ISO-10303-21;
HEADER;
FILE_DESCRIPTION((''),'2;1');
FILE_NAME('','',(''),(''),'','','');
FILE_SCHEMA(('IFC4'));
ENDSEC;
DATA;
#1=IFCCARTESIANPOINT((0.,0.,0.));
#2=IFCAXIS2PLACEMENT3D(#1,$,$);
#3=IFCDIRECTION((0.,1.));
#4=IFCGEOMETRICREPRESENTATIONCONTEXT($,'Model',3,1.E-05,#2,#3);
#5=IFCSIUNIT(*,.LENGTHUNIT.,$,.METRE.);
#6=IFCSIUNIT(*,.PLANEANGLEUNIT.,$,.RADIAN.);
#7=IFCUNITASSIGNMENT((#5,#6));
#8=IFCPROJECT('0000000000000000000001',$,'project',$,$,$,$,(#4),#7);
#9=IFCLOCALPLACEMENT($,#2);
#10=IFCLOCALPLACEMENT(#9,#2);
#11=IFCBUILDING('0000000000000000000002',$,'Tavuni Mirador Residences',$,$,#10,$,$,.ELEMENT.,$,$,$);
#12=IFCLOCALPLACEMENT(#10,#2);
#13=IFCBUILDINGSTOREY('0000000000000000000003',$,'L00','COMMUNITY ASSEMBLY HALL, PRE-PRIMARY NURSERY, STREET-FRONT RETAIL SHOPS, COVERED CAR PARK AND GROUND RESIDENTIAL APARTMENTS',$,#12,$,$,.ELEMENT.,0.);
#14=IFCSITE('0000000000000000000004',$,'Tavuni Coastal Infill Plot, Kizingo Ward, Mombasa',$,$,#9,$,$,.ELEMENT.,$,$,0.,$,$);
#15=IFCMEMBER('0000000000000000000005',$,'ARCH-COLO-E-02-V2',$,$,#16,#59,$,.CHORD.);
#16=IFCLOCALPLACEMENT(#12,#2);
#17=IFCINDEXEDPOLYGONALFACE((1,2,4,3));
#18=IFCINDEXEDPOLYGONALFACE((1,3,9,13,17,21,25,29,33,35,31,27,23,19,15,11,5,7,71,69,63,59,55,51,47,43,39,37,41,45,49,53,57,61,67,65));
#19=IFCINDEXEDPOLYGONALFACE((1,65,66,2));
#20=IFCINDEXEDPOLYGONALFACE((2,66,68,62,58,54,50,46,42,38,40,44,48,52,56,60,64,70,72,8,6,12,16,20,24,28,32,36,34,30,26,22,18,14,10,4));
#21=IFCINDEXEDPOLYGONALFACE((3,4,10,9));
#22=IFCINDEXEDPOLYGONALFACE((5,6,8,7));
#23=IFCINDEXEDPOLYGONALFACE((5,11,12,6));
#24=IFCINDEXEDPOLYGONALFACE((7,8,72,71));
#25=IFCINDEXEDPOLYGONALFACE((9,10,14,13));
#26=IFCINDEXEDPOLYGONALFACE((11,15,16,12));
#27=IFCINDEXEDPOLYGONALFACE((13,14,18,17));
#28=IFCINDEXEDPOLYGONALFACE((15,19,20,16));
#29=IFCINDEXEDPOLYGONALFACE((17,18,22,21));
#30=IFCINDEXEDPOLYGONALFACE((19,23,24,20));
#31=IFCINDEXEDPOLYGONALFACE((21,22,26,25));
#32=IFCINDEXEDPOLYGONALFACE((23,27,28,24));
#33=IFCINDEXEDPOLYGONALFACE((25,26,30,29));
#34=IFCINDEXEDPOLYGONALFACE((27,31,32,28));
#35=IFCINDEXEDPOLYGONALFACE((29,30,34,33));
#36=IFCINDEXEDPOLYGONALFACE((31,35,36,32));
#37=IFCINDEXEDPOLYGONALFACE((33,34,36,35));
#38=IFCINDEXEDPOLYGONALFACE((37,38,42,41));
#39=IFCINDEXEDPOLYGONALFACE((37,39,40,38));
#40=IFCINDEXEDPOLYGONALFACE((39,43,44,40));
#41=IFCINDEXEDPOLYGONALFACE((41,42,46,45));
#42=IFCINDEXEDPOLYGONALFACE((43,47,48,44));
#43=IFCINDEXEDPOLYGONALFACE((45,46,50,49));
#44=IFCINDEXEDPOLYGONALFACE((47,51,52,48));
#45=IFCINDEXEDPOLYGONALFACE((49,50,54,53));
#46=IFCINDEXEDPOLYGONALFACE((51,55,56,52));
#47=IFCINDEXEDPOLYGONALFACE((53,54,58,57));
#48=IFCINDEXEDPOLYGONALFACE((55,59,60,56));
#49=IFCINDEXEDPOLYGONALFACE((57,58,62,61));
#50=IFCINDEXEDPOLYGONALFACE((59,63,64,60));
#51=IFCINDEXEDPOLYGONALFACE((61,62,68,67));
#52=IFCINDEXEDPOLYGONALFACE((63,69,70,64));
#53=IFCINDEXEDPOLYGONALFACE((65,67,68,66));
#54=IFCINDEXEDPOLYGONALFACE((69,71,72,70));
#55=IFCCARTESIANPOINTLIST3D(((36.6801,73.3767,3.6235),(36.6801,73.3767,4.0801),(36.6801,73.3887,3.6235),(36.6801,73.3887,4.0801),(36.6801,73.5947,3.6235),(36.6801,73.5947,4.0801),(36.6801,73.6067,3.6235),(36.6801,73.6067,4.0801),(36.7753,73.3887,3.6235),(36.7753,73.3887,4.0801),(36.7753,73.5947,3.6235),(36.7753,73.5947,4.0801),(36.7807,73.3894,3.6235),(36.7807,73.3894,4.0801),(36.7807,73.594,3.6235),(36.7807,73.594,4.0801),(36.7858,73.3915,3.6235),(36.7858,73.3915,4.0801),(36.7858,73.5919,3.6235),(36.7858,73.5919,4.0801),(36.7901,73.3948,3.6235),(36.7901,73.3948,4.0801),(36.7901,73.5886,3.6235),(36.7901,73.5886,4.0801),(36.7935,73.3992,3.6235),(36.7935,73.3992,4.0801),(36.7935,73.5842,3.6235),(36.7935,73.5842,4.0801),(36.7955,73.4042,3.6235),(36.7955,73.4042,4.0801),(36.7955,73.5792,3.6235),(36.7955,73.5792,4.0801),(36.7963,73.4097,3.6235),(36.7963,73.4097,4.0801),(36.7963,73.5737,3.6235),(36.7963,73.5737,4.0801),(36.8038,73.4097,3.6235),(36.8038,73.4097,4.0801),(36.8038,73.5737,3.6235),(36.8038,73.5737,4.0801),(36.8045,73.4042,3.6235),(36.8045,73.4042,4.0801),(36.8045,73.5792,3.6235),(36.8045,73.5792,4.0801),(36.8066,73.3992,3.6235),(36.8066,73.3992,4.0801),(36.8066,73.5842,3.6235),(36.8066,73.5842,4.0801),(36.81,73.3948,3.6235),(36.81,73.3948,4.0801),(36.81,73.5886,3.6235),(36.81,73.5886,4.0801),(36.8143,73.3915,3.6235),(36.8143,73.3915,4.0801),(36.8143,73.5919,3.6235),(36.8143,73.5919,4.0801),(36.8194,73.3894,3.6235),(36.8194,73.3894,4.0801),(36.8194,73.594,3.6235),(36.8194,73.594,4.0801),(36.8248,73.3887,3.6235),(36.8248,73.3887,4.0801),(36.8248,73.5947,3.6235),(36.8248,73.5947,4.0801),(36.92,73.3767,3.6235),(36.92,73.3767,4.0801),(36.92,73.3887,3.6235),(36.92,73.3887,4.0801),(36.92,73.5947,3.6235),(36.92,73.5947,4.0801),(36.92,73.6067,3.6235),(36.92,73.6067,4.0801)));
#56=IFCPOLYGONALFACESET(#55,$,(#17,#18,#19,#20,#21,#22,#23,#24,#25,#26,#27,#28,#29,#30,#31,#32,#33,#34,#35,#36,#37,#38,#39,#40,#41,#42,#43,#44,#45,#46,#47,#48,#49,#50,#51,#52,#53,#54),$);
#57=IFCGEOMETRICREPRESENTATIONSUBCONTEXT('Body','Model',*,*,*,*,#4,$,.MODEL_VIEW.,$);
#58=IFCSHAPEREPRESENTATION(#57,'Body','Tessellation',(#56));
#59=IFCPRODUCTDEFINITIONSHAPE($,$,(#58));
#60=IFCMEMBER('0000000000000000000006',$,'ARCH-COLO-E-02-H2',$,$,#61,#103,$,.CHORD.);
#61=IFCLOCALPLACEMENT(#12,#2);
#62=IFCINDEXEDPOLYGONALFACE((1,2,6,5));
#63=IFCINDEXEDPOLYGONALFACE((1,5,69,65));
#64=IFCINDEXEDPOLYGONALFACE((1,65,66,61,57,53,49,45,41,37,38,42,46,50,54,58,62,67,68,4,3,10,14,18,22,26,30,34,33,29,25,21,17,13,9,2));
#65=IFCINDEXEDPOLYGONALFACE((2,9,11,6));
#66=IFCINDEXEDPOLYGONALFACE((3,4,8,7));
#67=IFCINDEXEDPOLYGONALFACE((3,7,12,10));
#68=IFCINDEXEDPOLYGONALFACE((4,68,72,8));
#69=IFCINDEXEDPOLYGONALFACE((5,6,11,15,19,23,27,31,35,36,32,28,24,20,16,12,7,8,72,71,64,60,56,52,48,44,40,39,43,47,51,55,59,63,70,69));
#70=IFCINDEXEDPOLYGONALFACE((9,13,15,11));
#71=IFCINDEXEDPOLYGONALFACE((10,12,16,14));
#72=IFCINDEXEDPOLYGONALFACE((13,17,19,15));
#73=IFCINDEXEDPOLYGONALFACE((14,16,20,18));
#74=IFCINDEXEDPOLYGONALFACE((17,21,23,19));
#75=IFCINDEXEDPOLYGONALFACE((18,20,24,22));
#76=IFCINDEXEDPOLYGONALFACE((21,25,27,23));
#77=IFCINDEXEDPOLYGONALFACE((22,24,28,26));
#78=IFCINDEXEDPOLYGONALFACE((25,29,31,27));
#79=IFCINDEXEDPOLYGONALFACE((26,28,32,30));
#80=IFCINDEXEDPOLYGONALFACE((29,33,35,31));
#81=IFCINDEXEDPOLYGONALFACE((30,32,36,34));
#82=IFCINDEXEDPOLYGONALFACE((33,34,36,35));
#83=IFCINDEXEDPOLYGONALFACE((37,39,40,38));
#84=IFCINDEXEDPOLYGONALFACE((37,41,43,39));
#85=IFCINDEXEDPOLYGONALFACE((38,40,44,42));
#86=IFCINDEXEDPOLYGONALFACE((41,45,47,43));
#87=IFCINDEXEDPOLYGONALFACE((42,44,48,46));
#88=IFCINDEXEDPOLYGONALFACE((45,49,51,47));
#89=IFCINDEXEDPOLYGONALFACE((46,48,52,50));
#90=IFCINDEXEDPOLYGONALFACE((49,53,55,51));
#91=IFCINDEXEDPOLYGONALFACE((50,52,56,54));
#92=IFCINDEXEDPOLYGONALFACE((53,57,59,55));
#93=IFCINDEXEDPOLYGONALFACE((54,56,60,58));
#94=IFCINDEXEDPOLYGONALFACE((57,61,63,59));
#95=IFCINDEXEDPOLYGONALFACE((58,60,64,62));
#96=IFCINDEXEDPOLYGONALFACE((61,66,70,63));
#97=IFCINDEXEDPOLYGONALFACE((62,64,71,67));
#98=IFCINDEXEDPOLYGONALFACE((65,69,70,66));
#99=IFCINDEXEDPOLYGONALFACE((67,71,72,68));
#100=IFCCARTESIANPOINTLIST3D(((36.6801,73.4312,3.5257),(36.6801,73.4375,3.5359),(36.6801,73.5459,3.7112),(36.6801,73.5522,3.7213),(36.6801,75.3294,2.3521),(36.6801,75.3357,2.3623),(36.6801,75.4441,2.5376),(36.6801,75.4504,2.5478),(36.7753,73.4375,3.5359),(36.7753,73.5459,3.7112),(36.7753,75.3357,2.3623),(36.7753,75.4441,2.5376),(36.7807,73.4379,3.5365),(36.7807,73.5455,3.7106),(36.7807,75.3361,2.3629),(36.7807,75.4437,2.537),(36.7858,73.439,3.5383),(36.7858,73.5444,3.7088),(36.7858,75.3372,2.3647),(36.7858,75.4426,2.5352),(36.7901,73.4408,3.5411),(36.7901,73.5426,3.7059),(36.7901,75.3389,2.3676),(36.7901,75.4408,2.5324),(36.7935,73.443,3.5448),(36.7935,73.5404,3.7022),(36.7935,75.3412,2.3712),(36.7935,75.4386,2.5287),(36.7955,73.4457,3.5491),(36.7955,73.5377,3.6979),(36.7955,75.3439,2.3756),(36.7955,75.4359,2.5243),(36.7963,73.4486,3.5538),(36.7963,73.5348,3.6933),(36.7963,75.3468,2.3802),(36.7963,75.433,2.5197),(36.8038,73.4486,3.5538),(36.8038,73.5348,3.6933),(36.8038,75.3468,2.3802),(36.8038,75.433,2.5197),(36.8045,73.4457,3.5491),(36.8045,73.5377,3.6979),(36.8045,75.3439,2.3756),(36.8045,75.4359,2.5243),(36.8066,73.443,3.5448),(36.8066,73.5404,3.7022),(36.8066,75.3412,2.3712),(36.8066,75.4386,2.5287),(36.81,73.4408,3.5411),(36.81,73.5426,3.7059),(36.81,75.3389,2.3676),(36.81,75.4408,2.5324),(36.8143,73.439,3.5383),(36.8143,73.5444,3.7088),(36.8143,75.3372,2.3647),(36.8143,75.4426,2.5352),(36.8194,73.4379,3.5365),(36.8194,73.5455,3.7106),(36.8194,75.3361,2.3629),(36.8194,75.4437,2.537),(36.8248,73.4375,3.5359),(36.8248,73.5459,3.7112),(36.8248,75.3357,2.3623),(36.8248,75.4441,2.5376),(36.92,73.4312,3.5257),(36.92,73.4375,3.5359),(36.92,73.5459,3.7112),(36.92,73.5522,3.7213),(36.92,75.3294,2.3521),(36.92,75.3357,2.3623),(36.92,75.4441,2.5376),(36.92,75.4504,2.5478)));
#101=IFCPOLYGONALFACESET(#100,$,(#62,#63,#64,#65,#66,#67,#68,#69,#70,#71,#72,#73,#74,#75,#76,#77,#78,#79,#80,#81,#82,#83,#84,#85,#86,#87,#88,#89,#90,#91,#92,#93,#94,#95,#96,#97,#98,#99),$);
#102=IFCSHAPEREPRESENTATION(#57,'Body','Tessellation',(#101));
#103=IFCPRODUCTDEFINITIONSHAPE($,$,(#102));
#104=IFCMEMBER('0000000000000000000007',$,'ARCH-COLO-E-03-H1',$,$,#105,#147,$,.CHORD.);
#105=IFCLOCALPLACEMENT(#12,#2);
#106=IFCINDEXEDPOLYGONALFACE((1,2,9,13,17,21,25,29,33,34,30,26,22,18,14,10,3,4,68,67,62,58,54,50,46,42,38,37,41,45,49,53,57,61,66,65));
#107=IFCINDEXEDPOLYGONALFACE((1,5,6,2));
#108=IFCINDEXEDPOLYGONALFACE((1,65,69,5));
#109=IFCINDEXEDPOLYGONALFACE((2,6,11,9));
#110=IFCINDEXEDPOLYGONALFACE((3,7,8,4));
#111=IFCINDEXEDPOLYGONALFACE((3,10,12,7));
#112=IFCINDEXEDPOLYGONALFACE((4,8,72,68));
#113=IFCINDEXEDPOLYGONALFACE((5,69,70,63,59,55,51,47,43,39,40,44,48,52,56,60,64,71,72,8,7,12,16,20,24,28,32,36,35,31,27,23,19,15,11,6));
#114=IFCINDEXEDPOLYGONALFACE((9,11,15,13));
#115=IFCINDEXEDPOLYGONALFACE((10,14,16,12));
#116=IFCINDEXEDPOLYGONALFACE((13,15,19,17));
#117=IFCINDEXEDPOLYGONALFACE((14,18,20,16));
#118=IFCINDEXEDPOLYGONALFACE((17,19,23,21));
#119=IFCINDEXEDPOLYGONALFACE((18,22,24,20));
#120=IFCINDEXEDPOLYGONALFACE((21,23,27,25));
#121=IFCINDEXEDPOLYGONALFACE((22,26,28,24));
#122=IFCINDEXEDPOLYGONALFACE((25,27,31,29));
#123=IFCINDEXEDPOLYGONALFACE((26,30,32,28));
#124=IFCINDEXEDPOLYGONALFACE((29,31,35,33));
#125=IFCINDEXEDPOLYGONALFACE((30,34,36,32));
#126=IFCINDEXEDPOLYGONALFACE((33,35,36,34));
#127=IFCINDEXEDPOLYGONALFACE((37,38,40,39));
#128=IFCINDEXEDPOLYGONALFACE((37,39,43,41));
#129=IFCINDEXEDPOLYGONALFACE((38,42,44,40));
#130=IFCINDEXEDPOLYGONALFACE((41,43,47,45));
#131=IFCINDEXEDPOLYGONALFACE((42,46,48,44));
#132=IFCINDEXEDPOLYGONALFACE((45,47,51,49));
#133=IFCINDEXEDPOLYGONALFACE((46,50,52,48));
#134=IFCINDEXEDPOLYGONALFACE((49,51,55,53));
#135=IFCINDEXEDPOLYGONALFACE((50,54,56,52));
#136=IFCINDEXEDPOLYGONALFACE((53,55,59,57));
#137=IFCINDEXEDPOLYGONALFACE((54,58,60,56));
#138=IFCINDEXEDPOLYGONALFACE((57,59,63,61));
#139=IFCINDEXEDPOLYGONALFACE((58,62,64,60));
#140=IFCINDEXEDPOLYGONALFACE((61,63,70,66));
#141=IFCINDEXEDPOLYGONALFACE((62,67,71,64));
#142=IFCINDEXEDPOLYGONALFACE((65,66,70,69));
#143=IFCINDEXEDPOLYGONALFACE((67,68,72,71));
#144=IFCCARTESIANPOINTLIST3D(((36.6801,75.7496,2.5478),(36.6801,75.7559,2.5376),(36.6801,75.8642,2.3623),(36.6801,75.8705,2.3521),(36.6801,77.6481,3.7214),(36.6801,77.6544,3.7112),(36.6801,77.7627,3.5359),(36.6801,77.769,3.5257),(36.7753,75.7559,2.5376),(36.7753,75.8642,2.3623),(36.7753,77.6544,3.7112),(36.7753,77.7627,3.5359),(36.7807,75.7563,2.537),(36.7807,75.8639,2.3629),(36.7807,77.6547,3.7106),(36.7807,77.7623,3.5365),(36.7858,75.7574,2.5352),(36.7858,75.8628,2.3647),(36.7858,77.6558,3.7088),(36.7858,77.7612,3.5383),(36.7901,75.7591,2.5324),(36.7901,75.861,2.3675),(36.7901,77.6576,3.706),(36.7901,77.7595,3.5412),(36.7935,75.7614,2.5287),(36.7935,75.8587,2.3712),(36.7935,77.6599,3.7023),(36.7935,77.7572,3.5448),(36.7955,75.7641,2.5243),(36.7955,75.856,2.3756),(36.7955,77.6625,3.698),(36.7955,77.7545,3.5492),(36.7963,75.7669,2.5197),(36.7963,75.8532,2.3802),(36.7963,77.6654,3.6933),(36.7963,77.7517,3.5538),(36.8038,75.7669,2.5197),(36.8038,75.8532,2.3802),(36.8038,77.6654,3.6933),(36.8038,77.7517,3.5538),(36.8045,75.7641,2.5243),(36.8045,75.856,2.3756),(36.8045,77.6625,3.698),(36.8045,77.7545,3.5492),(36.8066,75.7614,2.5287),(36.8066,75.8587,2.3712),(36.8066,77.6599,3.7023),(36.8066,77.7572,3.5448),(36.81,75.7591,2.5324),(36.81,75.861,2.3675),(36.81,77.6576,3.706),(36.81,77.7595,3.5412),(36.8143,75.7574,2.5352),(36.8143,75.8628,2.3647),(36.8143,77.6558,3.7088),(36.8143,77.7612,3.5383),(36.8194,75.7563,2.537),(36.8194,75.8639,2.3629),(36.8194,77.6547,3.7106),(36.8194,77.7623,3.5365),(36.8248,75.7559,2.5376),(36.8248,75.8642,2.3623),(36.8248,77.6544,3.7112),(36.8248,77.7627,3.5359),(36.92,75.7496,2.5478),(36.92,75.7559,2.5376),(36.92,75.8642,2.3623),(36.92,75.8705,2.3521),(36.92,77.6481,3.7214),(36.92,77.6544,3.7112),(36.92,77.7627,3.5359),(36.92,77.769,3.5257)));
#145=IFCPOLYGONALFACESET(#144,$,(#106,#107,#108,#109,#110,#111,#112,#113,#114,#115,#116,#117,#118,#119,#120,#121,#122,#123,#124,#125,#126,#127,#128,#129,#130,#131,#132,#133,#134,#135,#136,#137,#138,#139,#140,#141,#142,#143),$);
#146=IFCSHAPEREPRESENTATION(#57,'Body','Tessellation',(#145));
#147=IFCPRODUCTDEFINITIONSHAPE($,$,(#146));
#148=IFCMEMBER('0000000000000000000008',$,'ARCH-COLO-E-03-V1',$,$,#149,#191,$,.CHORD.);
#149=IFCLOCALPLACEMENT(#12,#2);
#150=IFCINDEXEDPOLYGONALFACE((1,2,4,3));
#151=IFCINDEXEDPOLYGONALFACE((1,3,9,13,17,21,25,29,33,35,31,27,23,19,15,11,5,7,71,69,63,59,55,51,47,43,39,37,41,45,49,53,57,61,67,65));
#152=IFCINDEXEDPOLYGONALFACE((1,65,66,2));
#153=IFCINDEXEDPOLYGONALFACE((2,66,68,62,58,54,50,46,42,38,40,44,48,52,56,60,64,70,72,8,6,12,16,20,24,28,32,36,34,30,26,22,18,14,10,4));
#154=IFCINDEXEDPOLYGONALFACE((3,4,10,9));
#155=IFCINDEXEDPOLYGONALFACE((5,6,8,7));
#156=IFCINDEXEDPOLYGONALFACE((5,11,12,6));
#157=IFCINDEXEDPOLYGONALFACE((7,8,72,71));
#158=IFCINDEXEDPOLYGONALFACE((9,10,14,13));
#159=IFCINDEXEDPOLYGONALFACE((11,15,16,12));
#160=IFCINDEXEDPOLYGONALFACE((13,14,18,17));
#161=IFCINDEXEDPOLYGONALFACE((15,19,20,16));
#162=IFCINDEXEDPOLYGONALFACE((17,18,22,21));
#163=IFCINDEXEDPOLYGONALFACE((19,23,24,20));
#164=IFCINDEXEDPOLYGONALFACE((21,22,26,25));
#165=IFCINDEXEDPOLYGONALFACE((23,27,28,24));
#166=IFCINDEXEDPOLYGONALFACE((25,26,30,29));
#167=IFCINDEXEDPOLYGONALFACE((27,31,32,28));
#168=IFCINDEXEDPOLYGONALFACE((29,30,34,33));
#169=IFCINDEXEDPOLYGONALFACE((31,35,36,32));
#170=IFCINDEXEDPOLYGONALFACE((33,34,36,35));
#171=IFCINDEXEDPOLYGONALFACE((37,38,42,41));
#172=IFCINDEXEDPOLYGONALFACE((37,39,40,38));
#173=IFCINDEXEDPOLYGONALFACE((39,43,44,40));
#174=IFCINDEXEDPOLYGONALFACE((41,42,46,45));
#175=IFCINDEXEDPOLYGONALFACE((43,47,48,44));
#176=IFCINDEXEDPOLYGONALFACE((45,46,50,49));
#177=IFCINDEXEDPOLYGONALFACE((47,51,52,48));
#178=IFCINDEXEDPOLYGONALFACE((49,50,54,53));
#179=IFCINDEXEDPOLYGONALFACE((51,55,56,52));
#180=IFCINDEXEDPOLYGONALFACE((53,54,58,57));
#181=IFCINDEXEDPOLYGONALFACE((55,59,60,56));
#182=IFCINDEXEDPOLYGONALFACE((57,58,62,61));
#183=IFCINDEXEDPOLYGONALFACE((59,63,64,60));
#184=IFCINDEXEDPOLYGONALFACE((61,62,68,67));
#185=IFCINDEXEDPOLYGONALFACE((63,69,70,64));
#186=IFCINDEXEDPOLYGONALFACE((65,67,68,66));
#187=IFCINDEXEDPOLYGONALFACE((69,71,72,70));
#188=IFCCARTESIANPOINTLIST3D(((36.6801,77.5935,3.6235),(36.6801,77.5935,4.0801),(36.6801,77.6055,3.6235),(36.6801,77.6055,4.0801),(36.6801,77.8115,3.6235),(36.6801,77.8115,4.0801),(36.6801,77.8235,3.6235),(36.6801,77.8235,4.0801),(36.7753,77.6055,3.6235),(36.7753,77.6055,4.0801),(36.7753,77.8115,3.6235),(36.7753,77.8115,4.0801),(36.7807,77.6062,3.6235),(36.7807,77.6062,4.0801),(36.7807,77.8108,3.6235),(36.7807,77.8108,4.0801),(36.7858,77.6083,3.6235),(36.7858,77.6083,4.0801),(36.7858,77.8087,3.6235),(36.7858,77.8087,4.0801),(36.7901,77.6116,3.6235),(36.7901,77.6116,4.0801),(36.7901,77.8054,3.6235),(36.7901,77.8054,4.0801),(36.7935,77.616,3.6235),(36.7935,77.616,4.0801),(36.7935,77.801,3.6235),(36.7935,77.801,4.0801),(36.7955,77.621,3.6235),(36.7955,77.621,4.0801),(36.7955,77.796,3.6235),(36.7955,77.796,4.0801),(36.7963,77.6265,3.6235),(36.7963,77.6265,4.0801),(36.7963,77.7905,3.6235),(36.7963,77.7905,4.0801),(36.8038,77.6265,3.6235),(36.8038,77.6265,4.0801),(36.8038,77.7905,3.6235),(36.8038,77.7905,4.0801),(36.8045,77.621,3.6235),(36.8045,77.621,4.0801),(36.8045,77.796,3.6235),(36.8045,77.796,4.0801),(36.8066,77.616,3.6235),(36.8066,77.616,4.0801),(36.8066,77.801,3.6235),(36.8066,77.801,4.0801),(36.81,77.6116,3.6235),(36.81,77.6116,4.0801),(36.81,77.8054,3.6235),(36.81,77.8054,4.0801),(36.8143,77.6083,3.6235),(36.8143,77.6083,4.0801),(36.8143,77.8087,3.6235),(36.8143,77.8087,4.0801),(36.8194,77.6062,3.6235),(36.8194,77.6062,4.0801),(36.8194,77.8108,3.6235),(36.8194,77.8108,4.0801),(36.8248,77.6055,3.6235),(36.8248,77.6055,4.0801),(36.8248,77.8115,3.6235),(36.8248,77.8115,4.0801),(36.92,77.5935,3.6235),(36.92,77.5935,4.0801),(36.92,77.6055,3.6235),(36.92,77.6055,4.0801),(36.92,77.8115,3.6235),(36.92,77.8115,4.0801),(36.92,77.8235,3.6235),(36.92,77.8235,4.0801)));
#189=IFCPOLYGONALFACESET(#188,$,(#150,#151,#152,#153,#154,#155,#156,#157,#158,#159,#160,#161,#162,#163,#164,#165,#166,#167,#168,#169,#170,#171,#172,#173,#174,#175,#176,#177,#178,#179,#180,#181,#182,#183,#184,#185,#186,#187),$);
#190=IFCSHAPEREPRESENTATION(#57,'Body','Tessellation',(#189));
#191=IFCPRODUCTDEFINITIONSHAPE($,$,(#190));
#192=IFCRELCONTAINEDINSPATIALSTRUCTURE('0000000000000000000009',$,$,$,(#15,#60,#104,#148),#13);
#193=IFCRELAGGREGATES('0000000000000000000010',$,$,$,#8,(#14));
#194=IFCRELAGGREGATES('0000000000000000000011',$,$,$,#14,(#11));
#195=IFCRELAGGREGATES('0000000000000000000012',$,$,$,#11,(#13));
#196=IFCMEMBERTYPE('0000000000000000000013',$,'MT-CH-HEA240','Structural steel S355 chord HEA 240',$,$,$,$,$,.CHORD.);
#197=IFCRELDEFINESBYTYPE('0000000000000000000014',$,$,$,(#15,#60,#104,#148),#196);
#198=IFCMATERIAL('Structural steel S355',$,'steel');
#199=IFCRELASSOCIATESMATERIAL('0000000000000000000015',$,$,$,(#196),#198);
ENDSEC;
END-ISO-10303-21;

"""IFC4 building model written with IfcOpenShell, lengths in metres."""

from ifc_helpers import new_model, si_unit, direction, frame, origin, origin_2d, place, context, subcontext, project, spatial, i_section, extrude, material, material_profile, profile_set, type_object, element, save


model = new_model("IFC4")

# Units and contexts
model_context = context("Model", 3, precision=1e-05, world=origin(), true_north=direction((0.0, 1.0)))
body_context = subcontext(model_context, "Body", "Model", "MODEL_VIEW")
ifc_project = project(units=[si_unit("LENGTHUNIT", "METRE"), si_unit("PLANEANGLEUNIT", "RADIAN")], contexts=[model_context])

# Site, building, storey
site_placement = place(None, origin())
site = spatial("IfcSite", under=ifc_project, at=site_placement, Name="Tavuni Coastal Infill Plot, Kizingo Ward, Mombasa", CompositionType="ELEMENT", RefElevation=0.0)
building_placement = place(site_placement, origin())
building = spatial("IfcBuilding", under=site, at=building_placement, Name="Tavuni Mirador Residences", CompositionType="ELEMENT")
storey_placement = place(building_placement, origin())
storey = spatial("IfcBuildingStorey", under=building, at=storey_placement, Name="L00", Description="COMMUNITY ASSEMBLY HALL, PRE-PRIMARY NURSERY, STREET-FRONT RETAIL SHOPS, COVERED CAR PARK AND GROUND RESIDENTIAL APARTMENTS", CompositionType="ELEMENT", Elevation=0.0)

# Members
ifc_material_1 = material(Name="Structural steel S355", Category="steel")
ifc_material_profile_1 = material_profile(ifc_material_1, i_section(OverallWidth=0.24, OverallDepth=0.23, WebThickness=0.0076, FlangeThickness=0.012, FilletRadius=0.021, at=origin_2d()), Name="HEA 240", Category="steel")
ifc_profile_set_1 = profile_set([ifc_material_profile_1], Name="Structural steel S355")
member_type_1 = type_object("IfcMemberType", Name="MT-CH-HEA240", Description="Structural steel S355 chord HEA 240", PredefinedType="CHORD", material=ifc_profile_set_1)
member_1_placement = place(storey_placement, frame((36.8, 73.4917, 3.6235), z_axis=(0.0, 0.0, 1.0), x_axis=(1.0, 0.0, 0.0)))
element("IfcMember", 1, at=member_1_placement, inside=storey, type_object=member_type_1, Name="ARCH-COLO-E-02-V2", PredefinedType="CHORD", context=body_context, shape_type="SweptSolid", body=[
    extrude(i_section(OverallWidth=0.24, OverallDepth=0.23, WebThickness=0.0076, FlangeThickness=0.012, FilletRadius=0.021, at=origin_2d()), origin(), (0.0, 0.0, 1.0), 0.4565),
])
member_2_placement = place(storey_placement, frame((36.8, 73.4917, 3.6235), z_axis=(0.0, 0.850563, -0.525872), x_axis=(-1.0, 0.0, 0.0)))
element("IfcMember", 2, at=member_2_placement, inside=storey, type_object=member_type_1, Name="ARCH-COLO-E-02-H2", PredefinedType="CHORD", context=body_context, shape_type="SweptSolid", body=[
    extrude(i_section(OverallWidth=0.24, OverallDepth=0.23, WebThickness=0.0076, FlangeThickness=0.012, FilletRadius=0.021, at=origin_2d()), origin(), (0.0, 0.0, 1.0), 2.2317),
])
member_3_placement = place(storey_placement, frame((36.8, 75.8101, 2.45), z_axis=(0.0, 0.850594, 0.525824), x_axis=(-1.0, 0.0, 0.0)))
element("IfcMember", 3, at=member_3_placement, inside=storey, type_object=member_type_1, Name="ARCH-COLO-E-03-H1", PredefinedType="CHORD", context=body_context, shape_type="SweptSolid", body=[
    extrude(i_section(OverallWidth=0.24, OverallDepth=0.23, WebThickness=0.0076, FlangeThickness=0.012, FilletRadius=0.021, at=origin_2d()), origin(), (0.0, 0.0, 1.0), 2.2319),
])
member_4_placement = place(storey_placement, frame((36.8, 77.7085, 3.6235), z_axis=(0.0, 0.0, 1.0), x_axis=(1.0, 0.0, 0.0)))
element("IfcMember", 4, at=member_4_placement, inside=storey, type_object=member_type_1, Name="ARCH-COLO-E-03-V1", PredefinedType="CHORD", context=body_context, shape_type="SweptSolid", body=[
    extrude(i_section(OverallWidth=0.24, OverallDepth=0.23, WebThickness=0.0076, FlangeThickness=0.012, FilletRadius=0.021, at=origin_2d()), origin(), (0.0, 0.0, 1.0), 0.4565),
])

save(model, "model.ifc")
